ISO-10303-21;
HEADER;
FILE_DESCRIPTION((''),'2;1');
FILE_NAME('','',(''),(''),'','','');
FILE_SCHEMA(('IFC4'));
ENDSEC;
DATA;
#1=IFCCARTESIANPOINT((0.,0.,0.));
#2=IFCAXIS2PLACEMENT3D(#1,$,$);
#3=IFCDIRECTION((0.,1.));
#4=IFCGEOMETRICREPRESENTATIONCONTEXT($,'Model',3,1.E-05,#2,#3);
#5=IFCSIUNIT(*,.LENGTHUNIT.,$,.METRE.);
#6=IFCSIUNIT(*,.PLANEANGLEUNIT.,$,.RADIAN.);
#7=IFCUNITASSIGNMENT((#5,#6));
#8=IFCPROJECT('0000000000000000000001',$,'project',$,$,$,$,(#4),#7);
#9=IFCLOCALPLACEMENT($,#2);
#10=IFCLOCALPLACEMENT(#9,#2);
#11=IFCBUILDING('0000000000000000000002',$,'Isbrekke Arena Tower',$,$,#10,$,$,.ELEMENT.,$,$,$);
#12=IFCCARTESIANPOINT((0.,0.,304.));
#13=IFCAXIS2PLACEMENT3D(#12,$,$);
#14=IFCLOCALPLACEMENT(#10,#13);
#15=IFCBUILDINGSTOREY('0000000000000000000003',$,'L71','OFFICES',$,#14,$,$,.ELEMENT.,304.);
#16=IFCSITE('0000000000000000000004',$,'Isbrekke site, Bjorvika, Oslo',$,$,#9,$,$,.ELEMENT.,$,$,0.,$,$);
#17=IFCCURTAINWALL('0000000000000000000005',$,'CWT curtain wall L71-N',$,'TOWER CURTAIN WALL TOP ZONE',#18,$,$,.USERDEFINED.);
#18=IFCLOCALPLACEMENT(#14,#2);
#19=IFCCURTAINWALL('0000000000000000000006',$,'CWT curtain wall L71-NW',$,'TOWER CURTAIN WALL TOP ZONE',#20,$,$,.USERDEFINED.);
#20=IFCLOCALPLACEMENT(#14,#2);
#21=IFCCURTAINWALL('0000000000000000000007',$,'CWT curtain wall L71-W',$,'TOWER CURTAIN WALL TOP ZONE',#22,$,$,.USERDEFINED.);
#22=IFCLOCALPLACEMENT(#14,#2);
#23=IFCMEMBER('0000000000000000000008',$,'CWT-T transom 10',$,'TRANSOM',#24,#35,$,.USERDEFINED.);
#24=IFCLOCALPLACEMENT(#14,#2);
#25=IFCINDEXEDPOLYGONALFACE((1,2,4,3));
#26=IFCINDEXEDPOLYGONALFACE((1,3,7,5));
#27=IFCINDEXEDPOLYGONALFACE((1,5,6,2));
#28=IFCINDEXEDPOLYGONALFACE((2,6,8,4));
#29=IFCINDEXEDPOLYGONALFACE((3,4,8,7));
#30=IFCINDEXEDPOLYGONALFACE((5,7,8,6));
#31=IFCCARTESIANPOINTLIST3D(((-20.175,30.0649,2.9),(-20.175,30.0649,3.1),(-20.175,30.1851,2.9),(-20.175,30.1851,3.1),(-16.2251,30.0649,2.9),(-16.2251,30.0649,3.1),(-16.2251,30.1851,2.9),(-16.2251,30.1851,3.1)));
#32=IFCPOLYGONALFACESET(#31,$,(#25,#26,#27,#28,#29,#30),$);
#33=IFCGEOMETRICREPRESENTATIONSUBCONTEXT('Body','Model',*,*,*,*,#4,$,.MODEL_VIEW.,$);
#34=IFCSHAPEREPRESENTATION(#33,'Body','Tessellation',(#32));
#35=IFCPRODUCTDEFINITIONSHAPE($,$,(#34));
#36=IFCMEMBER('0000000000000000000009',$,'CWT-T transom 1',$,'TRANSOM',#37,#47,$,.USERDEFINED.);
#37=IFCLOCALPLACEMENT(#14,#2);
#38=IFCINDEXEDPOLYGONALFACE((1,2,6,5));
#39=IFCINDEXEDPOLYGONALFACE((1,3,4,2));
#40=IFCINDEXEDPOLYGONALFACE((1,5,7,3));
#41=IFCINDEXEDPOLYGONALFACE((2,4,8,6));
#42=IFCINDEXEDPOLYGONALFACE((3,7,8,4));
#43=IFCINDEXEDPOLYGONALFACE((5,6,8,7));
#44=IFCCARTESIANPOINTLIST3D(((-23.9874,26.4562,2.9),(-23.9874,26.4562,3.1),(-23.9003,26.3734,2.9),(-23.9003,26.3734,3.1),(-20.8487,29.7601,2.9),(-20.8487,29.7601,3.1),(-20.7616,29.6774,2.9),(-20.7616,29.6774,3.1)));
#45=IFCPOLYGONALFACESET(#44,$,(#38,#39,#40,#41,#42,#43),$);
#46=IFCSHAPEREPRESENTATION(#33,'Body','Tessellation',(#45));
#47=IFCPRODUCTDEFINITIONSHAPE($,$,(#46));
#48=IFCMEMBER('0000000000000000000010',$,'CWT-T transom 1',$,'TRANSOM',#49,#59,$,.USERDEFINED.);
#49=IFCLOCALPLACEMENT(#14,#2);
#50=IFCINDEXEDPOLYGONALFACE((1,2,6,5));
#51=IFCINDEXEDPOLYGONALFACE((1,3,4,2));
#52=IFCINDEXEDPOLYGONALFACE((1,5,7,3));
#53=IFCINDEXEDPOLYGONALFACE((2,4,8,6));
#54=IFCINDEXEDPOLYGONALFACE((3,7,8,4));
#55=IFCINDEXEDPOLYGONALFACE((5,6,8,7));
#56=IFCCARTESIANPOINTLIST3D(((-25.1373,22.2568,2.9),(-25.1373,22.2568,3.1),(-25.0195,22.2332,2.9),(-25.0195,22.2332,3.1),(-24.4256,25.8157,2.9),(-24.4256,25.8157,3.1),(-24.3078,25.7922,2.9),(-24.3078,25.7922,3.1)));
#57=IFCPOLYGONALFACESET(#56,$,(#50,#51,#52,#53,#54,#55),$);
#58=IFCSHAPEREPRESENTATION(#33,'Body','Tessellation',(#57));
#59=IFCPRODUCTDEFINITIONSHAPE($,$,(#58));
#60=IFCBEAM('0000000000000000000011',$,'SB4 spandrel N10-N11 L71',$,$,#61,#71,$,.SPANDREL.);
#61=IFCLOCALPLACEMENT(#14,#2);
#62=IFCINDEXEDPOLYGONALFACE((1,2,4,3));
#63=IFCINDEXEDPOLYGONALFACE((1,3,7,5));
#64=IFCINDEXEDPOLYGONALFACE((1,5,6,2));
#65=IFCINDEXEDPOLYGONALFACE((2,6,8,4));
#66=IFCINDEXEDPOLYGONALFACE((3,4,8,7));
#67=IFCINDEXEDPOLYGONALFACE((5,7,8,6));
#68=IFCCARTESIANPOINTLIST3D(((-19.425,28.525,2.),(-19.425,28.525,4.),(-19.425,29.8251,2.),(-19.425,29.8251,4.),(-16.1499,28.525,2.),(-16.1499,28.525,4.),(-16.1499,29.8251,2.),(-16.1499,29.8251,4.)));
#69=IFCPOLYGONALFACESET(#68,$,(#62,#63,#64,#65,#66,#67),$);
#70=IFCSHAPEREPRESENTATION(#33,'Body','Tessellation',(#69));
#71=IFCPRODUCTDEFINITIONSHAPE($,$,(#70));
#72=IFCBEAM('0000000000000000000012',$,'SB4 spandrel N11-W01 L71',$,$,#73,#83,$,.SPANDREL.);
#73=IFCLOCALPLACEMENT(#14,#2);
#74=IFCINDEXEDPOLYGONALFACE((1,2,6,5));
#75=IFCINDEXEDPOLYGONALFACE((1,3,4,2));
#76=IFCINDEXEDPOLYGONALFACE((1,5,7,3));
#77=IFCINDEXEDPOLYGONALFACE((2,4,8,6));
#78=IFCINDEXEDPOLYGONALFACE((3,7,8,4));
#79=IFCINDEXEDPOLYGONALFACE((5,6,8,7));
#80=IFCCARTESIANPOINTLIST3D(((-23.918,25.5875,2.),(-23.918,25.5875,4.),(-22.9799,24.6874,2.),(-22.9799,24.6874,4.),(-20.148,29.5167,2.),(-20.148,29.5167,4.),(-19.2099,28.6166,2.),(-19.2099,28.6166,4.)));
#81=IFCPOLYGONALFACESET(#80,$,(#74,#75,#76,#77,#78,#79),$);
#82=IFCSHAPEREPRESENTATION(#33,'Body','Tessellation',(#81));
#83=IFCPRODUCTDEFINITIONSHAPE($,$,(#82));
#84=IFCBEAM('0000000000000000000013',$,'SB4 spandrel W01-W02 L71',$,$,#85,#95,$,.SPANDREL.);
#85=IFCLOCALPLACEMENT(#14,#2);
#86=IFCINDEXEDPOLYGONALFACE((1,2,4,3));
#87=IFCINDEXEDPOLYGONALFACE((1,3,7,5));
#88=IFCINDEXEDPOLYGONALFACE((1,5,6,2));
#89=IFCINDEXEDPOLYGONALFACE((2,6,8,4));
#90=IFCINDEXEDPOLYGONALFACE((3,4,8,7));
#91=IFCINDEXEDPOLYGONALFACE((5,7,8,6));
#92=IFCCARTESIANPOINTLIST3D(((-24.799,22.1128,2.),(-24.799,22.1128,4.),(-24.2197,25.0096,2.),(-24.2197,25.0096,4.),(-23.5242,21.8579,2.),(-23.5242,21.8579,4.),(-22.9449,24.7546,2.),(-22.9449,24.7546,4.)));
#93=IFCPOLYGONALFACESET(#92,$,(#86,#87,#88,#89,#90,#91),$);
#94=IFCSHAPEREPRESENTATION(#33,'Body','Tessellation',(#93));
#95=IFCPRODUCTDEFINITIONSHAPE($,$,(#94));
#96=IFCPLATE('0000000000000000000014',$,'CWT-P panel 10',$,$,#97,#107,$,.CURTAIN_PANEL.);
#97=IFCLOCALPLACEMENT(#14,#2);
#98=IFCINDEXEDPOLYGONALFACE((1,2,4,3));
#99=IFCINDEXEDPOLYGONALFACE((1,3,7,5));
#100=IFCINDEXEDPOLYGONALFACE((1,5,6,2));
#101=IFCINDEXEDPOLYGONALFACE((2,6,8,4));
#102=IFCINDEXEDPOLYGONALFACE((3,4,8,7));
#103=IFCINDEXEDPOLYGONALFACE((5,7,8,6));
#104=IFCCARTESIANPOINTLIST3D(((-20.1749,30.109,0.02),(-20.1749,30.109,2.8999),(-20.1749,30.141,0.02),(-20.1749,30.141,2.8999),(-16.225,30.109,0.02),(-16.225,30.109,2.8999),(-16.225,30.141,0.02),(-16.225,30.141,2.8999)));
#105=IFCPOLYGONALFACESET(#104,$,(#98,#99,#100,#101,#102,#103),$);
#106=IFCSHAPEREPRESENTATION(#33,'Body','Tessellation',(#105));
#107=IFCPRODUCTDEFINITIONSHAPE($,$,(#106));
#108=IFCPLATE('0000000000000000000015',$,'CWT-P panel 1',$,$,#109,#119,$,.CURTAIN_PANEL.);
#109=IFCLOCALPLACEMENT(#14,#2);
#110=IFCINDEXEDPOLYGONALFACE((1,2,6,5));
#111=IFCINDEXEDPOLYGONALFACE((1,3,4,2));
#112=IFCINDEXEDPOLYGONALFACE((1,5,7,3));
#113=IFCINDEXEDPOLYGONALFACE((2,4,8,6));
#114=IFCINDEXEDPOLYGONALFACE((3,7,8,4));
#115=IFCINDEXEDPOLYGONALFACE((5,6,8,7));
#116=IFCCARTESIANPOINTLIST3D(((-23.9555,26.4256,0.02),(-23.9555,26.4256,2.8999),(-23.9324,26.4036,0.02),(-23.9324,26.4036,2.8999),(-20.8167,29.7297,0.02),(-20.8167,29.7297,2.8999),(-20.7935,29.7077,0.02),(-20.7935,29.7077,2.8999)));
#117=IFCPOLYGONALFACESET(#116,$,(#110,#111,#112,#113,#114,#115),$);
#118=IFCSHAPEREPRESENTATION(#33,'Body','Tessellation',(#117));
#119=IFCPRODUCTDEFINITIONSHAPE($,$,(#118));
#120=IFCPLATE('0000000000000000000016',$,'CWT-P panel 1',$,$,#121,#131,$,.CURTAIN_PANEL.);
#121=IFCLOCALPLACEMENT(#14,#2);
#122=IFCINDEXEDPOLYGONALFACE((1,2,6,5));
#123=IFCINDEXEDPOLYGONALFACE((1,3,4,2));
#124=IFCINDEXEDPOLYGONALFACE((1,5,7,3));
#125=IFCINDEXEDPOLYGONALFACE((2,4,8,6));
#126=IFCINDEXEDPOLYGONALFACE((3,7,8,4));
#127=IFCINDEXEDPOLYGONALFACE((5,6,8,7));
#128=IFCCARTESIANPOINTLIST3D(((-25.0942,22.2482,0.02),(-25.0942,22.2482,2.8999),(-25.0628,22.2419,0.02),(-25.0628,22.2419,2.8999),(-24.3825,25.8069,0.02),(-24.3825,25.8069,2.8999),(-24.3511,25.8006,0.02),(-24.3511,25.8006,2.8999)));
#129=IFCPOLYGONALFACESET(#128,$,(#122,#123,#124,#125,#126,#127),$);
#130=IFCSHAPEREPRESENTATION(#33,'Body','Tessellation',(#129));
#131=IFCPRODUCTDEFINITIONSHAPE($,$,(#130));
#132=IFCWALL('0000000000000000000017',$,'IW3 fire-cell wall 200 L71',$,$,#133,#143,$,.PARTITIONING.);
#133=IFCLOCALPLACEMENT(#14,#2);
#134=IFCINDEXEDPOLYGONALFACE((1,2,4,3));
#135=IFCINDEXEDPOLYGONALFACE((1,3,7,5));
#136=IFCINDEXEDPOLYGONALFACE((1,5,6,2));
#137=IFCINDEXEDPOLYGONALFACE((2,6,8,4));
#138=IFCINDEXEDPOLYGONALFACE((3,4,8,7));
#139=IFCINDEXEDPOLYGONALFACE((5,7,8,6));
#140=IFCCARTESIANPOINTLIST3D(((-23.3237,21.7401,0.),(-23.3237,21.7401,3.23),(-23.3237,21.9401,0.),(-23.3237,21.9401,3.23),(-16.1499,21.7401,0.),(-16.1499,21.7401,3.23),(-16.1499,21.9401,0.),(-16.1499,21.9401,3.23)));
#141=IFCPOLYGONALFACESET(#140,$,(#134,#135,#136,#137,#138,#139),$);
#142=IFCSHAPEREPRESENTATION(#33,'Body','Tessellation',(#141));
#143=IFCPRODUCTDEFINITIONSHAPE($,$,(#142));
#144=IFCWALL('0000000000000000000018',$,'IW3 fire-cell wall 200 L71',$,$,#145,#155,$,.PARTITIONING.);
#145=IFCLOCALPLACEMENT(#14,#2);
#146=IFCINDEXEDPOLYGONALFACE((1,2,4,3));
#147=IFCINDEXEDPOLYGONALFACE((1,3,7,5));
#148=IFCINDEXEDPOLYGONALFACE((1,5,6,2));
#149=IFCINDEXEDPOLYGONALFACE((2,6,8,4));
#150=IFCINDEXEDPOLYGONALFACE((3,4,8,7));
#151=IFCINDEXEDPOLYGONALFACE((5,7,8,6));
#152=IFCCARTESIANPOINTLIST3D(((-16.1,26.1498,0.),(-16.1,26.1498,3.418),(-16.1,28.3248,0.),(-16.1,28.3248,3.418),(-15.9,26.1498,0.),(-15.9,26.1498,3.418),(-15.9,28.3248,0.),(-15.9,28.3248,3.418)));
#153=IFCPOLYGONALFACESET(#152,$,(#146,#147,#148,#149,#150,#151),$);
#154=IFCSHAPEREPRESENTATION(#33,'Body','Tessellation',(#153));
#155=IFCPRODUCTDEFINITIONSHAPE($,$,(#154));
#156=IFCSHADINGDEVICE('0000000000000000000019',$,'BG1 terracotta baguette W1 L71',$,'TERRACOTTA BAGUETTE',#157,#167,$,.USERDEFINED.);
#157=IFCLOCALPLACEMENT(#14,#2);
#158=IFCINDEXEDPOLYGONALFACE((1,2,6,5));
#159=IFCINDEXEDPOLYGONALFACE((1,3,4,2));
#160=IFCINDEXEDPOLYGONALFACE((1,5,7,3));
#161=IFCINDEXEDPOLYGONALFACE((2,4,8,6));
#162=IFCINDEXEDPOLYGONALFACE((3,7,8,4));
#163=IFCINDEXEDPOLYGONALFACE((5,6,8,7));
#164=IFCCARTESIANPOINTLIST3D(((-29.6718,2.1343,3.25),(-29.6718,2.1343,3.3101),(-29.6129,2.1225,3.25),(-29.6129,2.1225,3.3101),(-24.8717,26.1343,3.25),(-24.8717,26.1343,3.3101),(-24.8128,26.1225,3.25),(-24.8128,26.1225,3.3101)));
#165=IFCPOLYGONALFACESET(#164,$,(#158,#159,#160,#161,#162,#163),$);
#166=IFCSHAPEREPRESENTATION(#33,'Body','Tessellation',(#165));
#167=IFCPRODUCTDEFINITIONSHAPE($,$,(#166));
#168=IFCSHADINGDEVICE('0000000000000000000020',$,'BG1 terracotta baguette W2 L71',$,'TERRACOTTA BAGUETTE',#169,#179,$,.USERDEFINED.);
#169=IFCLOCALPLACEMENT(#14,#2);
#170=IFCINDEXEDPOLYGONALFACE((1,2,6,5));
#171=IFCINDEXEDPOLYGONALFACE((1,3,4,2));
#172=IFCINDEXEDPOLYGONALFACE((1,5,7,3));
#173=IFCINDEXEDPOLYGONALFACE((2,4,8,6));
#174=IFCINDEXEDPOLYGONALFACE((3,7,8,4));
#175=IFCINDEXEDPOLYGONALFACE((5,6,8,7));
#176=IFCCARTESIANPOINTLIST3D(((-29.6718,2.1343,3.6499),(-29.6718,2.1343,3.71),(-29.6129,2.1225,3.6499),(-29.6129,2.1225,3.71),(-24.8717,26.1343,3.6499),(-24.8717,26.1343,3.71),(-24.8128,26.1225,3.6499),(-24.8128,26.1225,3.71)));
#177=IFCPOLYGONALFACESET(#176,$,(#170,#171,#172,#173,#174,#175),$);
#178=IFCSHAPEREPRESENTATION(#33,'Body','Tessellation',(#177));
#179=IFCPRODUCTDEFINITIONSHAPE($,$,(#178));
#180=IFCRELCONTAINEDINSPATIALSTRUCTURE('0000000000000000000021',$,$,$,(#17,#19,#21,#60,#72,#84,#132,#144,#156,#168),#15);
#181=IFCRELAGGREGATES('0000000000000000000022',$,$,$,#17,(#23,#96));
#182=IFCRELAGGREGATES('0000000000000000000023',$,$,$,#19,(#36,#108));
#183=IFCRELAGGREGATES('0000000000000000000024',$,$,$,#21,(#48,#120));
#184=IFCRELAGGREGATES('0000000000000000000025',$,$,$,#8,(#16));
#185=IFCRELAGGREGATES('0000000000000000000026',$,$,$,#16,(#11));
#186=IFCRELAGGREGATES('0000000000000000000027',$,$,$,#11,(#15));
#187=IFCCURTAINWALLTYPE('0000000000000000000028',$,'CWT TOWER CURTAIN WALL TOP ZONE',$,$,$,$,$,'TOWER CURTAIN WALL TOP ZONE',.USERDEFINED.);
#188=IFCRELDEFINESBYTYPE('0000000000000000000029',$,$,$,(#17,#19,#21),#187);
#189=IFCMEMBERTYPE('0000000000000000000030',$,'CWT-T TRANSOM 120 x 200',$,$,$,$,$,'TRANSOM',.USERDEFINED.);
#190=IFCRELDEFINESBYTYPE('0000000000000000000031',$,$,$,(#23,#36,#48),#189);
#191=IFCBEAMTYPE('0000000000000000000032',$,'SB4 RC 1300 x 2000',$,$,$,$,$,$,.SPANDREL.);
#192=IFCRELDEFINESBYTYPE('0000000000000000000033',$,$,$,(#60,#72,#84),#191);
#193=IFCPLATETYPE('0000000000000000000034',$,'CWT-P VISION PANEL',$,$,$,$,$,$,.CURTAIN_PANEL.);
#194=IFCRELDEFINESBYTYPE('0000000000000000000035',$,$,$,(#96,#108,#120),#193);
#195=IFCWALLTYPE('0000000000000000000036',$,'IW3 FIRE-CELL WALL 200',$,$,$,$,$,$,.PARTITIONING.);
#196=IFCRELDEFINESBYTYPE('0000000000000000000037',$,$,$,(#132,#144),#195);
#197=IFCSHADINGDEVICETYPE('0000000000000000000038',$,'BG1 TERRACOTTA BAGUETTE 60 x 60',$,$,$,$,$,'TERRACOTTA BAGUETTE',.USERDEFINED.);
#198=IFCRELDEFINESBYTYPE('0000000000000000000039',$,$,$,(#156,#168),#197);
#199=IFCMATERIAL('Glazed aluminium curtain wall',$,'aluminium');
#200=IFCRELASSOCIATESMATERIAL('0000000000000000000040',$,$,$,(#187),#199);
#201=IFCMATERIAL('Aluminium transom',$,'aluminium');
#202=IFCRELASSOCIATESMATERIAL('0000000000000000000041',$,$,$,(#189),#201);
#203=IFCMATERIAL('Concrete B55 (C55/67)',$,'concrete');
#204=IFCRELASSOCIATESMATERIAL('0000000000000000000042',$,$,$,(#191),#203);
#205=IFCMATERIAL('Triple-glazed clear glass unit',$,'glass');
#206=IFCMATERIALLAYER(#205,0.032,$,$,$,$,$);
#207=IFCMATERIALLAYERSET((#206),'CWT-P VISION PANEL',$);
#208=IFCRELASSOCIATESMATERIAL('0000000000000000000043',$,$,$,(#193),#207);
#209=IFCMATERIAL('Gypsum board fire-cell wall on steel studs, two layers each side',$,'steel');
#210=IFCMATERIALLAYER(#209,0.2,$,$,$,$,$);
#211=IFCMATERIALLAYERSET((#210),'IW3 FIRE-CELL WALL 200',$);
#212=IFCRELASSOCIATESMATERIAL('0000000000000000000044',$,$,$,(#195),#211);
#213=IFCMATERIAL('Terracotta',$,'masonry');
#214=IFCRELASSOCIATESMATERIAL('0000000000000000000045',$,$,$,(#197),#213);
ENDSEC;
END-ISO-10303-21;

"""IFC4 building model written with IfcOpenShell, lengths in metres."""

from ifc_helpers import new_model, si_unit, direction, frame, frame_2d, origin, origin_2d, place, context, subcontext, project, spatial, rectangle, extrude, material, layer, layer_set, material_profile, profile_set, type_object, element, aggregate, save


model = new_model("IFC4")

# Units and contexts
model_context = context("Model", 3, precision=1e-05, world=origin(), true_north=direction((0.0, 1.0)))
body_context = subcontext(model_context, "Body", "Model", "MODEL_VIEW")
ifc_project = project(units=[si_unit("LENGTHUNIT", "METRE"), si_unit("PLANEANGLEUNIT", "RADIAN")], contexts=[model_context])

# Site, building, storey
site_placement = place(None, origin())
site = spatial("IfcSite", under=ifc_project, at=site_placement, Name="Isbrekke site, Bjorvika, Oslo", CompositionType="ELEMENT", RefElevation=0.0)
building_placement = place(site_placement, origin())
building = spatial("IfcBuilding", under=site, at=building_placement, Name="Isbrekke Arena Tower", CompositionType="ELEMENT")
storey_placement = place(building_placement, frame((0.0, 0.0, 304.0)))
storey = spatial("IfcBuildingStorey", under=building, at=storey_placement, Name="L71", Description="OFFICES", CompositionType="ELEMENT", Elevation=304.0)

# Curtain wall
ifc_material_1 = material(Name="Glazed aluminium curtain wall", Category="aluminium")
curtain_wall_type = type_object("IfcCurtainWallType", Name="CWT TOWER CURTAIN WALL TOP ZONE", ElementType="TOWER CURTAIN WALL TOP ZONE", PredefinedType="USERDEFINED", material=ifc_material_1)
curtain_wall_1_placement = place(storey_placement, origin())
curtain_wall_1 = element("IfcCurtainWall", 1, at=curtain_wall_1_placement, inside=storey, type_object=curtain_wall_type, Name="CWT curtain wall L71-N", ObjectType="TOWER CURTAIN WALL TOP ZONE", PredefinedType="USERDEFINED")

# Curtain walls
curtain_wall_2_placement = place(storey_placement, origin())
curtain_wall_2 = element("IfcCurtainWall", 2, at=curtain_wall_2_placement, inside=storey, type_object=curtain_wall_type, Name="CWT curtain wall L71-NW", ObjectType="TOWER CURTAIN WALL TOP ZONE", PredefinedType="USERDEFINED")
curtain_wall_3_placement = place(storey_placement, origin())
curtain_wall_3 = element("IfcCurtainWall", 3, at=curtain_wall_3_placement, inside=storey, type_object=curtain_wall_type, Name="CWT curtain wall L71-W", ObjectType="TOWER CURTAIN WALL TOP ZONE", PredefinedType="USERDEFINED")

# Members
ifc_material_2 = material(Name="Aluminium transom", Category="aluminium")
ifc_material_profile_1 = material_profile(ifc_material_2, rectangle(XDim=0.1201, YDim=0.2, at=origin_2d()), Name="TRANSOM 120X200")
ifc_profile_set_1 = profile_set([ifc_material_profile_1], Name="Aluminium transom")
member_type_1 = type_object("IfcMemberType", Name="CWT-T TRANSOM 120 x 200", ElementType="TRANSOM", PredefinedType="USERDEFINED", material=ifc_profile_set_1)
member_1_placement = place(storey_placement, frame((-16.2251, 30.125, 3.0), z_axis=(-1.0, 0.0, 0.0), x_axis=(0.0, -1.0, 0.0)))
member_1 = element("IfcMember", 4, at=member_1_placement, type_object=member_type_1, Name="CWT-T transom 10", ObjectType="TRANSOM", PredefinedType="USERDEFINED", context=body_context, shape_type="SweptSolid", body=[
    extrude(rectangle(XDim=0.1201, YDim=0.2, at=origin_2d()), origin(), (0.0, 0.0, 1.0), 3.95),
])
member_2_placement = place(storey_placement, frame((-20.8052, 29.7188, 3.0), z_axis=(-0.68874, -0.725009, 0.0), x_axis=(0.725009, -0.68874, 0.0)))
member_2 = element("IfcMember", 5, at=member_2_placement, type_object=member_type_1, Name="CWT-T transom 1", ObjectType="TRANSOM", PredefinedType="USERDEFINED", context=body_context, shape_type="SweptSolid", body=[
    extrude(rectangle(XDim=0.1201, YDim=0.2, at=origin_2d()), origin(), (0.0, 0.0, 1.0), 4.5571),
])
member_3_placement = place(storey_placement, frame((-24.3667, 25.804, 3.0), z_axis=(-0.19609, -0.980586, 0.0), x_axis=(0.980586, -0.19609, 0.0)))
member_3 = element("IfcMember", 6, at=member_3_placement, type_object=member_type_1, Name="CWT-T transom 1", ObjectType="TRANSOM", PredefinedType="USERDEFINED", context=body_context, shape_type="SweptSolid", body=[
    extrude(rectangle(XDim=0.1201, YDim=0.2, at=origin_2d()), origin(), (0.0, 0.0, 1.0), 3.6294),
])

# Beams
ifc_material_3 = material(Name="Concrete B55 (C55/67)", Category="concrete")
ifc_material_profile_2 = material_profile(ifc_material_3, rectangle(XDim=1.3, YDim=2.0, at=origin_2d()), Name="RC 1300x2000")
ifc_profile_set_2 = profile_set([ifc_material_profile_2], Name="Concrete B55 (C55/67)")
beam_type_1 = type_object("IfcBeamType", Name="SB4 RC 1300 x 2000", PredefinedType="SPANDREL", material=ifc_profile_set_2)
beam_1_placement = place(storey_placement, frame((-16.1499, 29.175, 3.0), z_axis=(-1.0, 0.0, 0.0), x_axis=(0.0, -1.0, 0.0)))
element("IfcBeam", 7, at=beam_1_placement, inside=storey, type_object=beam_type_1, Name="SB4 spandrel N10-N11 L71", PredefinedType="SPANDREL", context=body_context, shape_type="SweptSolid", body=[
    extrude(rectangle(XDim=1.3, YDim=2.0, at=origin_2d()), origin(), (0.0, 0.0, 1.0), 3.2751),
])
beam_2_placement = place(storey_placement, frame((-19.679, 29.0667, 3.0), z_axis=(-0.69234, -0.721572, 0.0), x_axis=(0.721572, -0.69234, 0.0)))
element("IfcBeam", 8, at=beam_2_placement, inside=storey, type_object=beam_type_1, Name="SB4 spandrel N11-W01 L71", PredefinedType="SPANDREL", context=body_context, shape_type="SweptSolid", body=[
    extrude(rectangle(XDim=1.3, YDim=2.0, at=origin_2d()), origin(), (0.0, 0.0, 1.0), 5.4453),
])
beam_3_placement = place(storey_placement, frame((-23.5823, 24.8821, 3.0), z_axis=(-0.196116, -0.980581, 0.0), x_axis=(0.980581, -0.196116, 0.0)))
element("IfcBeam", 9, at=beam_3_placement, inside=storey, type_object=beam_type_1, Name="SB4 spandrel W01-W02 L71", PredefinedType="SPANDREL", context=body_context, shape_type="SweptSolid", body=[
    extrude(rectangle(XDim=1.3, YDim=2.0, at=origin_2d()), origin(), (0.0, 0.0, 1.0), 2.9541),
])

# Plates
ifc_material_4 = material(Name="Triple-glazed clear glass unit", Category="glass")
ifc_layer_1 = layer(ifc_material_4, 0.032)
ifc_layer_set_1 = layer_set([ifc_layer_1], Name="CWT-P VISION PANEL")
plate_type = type_object("IfcPlateType", Name="CWT-P VISION PANEL", PredefinedType="CURTAIN_PANEL", material=ifc_layer_set_1)
plate_1_placement = place(storey_placement, frame((-18.2, 30.125, 0.02), z_axis=(0.0, 0.0, 1.0), x_axis=(-1.0, 0.0, 0.0)))
plate_1 = element("IfcPlate", 10, at=plate_1_placement, type_object=plate_type, Name="CWT-P panel 10", PredefinedType="CURTAIN_PANEL", context=body_context, shape_type="SweptSolid", body=[
    extrude(rectangle(XDim=3.95, YDim=0.032, at=origin_2d()), origin(), (0.0, 0.0, 1.0), 2.8799),
])
aggregate(curtain_wall_1, [member_1, plate_1])
plate_2_placement = place(storey_placement, frame((-22.3745, 28.0667, 0.02), z_axis=(0.0, 0.0, 1.0), x_axis=(-0.688749, -0.724999, 0.0)))
plate_2 = element("IfcPlate", 11, at=plate_2_placement, type_object=plate_type, Name="CWT-P panel 1", PredefinedType="CURTAIN_PANEL", context=body_context, shape_type="SweptSolid", body=[
    extrude(rectangle(XDim=4.5574, YDim=0.032, at=origin_2d()), origin(), (0.0, 0.0, 1.0), 2.8799),
])
aggregate(curtain_wall_2, [member_2, plate_2])
plate_3_placement = place(storey_placement, frame((-24.7227, 24.0244, 0.02), z_axis=(0.0, 0.0, 1.0), x_axis=(-0.196116, -0.980581, 0.0)))
plate_3 = element("IfcPlate", 12, at=plate_3_placement, type_object=plate_type, Name="CWT-P panel 1", PredefinedType="CURTAIN_PANEL", context=body_context, shape_type="SweptSolid", body=[
    extrude(rectangle(XDim=3.6292, YDim=0.032, at=origin_2d()), origin(), (0.0, 0.0, 1.0), 2.8799),
])
aggregate(curtain_wall_3, [member_3, plate_3])

# Wall
ifc_material_5 = material(Name="Gypsum board fire-cell wall on steel studs, two layers each side", Category="steel")
ifc_layer_2 = layer(ifc_material_5, 0.2)
ifc_layer_set_2 = layer_set([ifc_layer_2], Name="IW3 FIRE-CELL WALL 200")
wall_type = type_object("IfcWallType", Name="IW3 FIRE-CELL WALL 200", PredefinedType="PARTITIONING", material=ifc_layer_set_2)
wall_1_placement = place(storey_placement, frame((-23.3237, 21.8401, 0.0), z_axis=(0.0, 0.0, 1.0), x_axis=(1.0, 0.0, 0.0)))
element("IfcWall", 13, at=wall_1_placement, inside=storey, type_object=wall_type, Name="IW3 fire-cell wall 200 L71", PredefinedType="PARTITIONING", context=body_context, shape_type="SweptSolid", body=[
    extrude(rectangle(XDim=7.1738, YDim=0.2, at=frame_2d((3.5869, 0.0))), origin(), (0.0, 0.0, 1.0), 3.23),
])

# Wall
wall_2_placement = place(storey_placement, frame((-16.0, 26.1499, 0.0), z_axis=(0.0, 0.0, 1.0), x_axis=(0.0, 1.0, 0.0)))
element("IfcWall", 14, at=wall_2_placement, inside=storey, type_object=wall_type, Name="IW3 fire-cell wall 200 L71", PredefinedType="PARTITIONING", context=body_context, shape_type="SweptSolid", body=[
    extrude(rectangle(XDim=2.175, YDim=0.2, at=frame_2d((1.0874, 0.0))), origin(), (0.0, 0.0, 1.0), 3.418),
])

# Shading devices
ifc_material_6 = material(Name="Terracotta", Category="masonry")
ifc_material_profile_3 = material_profile(ifc_material_6, rectangle(XDim=0.0601, YDim=0.0601, at=origin_2d()), Name="BAGUETTE 60X60")
ifc_profile_set_3 = profile_set([ifc_material_profile_3], Name="Terracotta")
shading_device_type = type_object("IfcShadingDeviceType", Name="BG1 TERRACOTTA BAGUETTE 60 x 60", ElementType="TERRACOTTA BAGUETTE", PredefinedType="USERDEFINED", material=ifc_profile_set_3)
for number, where, z_axis, x_axis, name in (
    (15, (-24.8423, 26.1284, 3.28), (-0.196118, -0.98058, 0.0), (0.98058, -0.196118, 0.0), "BG1 terracotta baguette W1 L71"),
    (16, (-24.8423, 26.1284, 3.6799), (-0.196118, -0.98058, 0.0), (0.98058, -0.196118, 0.0), "BG1 terracotta baguette W2 L71"),
):
    element("IfcShadingDevice", number, at=place(storey_placement, frame(where, z_axis=z_axis, x_axis=x_axis)), inside=storey, type_object=shading_device_type, Name=name, ObjectType="TERRACOTTA BAGUETTE", PredefinedType="USERDEFINED", context=body_context, shape_type="SweptSolid", body=[
        extrude(rectangle(XDim=0.0601, YDim=0.0601, at=origin_2d()), origin(), (0.0, 0.0, 1.0), 24.4753),
    ])

save(model, "model.ifc")
